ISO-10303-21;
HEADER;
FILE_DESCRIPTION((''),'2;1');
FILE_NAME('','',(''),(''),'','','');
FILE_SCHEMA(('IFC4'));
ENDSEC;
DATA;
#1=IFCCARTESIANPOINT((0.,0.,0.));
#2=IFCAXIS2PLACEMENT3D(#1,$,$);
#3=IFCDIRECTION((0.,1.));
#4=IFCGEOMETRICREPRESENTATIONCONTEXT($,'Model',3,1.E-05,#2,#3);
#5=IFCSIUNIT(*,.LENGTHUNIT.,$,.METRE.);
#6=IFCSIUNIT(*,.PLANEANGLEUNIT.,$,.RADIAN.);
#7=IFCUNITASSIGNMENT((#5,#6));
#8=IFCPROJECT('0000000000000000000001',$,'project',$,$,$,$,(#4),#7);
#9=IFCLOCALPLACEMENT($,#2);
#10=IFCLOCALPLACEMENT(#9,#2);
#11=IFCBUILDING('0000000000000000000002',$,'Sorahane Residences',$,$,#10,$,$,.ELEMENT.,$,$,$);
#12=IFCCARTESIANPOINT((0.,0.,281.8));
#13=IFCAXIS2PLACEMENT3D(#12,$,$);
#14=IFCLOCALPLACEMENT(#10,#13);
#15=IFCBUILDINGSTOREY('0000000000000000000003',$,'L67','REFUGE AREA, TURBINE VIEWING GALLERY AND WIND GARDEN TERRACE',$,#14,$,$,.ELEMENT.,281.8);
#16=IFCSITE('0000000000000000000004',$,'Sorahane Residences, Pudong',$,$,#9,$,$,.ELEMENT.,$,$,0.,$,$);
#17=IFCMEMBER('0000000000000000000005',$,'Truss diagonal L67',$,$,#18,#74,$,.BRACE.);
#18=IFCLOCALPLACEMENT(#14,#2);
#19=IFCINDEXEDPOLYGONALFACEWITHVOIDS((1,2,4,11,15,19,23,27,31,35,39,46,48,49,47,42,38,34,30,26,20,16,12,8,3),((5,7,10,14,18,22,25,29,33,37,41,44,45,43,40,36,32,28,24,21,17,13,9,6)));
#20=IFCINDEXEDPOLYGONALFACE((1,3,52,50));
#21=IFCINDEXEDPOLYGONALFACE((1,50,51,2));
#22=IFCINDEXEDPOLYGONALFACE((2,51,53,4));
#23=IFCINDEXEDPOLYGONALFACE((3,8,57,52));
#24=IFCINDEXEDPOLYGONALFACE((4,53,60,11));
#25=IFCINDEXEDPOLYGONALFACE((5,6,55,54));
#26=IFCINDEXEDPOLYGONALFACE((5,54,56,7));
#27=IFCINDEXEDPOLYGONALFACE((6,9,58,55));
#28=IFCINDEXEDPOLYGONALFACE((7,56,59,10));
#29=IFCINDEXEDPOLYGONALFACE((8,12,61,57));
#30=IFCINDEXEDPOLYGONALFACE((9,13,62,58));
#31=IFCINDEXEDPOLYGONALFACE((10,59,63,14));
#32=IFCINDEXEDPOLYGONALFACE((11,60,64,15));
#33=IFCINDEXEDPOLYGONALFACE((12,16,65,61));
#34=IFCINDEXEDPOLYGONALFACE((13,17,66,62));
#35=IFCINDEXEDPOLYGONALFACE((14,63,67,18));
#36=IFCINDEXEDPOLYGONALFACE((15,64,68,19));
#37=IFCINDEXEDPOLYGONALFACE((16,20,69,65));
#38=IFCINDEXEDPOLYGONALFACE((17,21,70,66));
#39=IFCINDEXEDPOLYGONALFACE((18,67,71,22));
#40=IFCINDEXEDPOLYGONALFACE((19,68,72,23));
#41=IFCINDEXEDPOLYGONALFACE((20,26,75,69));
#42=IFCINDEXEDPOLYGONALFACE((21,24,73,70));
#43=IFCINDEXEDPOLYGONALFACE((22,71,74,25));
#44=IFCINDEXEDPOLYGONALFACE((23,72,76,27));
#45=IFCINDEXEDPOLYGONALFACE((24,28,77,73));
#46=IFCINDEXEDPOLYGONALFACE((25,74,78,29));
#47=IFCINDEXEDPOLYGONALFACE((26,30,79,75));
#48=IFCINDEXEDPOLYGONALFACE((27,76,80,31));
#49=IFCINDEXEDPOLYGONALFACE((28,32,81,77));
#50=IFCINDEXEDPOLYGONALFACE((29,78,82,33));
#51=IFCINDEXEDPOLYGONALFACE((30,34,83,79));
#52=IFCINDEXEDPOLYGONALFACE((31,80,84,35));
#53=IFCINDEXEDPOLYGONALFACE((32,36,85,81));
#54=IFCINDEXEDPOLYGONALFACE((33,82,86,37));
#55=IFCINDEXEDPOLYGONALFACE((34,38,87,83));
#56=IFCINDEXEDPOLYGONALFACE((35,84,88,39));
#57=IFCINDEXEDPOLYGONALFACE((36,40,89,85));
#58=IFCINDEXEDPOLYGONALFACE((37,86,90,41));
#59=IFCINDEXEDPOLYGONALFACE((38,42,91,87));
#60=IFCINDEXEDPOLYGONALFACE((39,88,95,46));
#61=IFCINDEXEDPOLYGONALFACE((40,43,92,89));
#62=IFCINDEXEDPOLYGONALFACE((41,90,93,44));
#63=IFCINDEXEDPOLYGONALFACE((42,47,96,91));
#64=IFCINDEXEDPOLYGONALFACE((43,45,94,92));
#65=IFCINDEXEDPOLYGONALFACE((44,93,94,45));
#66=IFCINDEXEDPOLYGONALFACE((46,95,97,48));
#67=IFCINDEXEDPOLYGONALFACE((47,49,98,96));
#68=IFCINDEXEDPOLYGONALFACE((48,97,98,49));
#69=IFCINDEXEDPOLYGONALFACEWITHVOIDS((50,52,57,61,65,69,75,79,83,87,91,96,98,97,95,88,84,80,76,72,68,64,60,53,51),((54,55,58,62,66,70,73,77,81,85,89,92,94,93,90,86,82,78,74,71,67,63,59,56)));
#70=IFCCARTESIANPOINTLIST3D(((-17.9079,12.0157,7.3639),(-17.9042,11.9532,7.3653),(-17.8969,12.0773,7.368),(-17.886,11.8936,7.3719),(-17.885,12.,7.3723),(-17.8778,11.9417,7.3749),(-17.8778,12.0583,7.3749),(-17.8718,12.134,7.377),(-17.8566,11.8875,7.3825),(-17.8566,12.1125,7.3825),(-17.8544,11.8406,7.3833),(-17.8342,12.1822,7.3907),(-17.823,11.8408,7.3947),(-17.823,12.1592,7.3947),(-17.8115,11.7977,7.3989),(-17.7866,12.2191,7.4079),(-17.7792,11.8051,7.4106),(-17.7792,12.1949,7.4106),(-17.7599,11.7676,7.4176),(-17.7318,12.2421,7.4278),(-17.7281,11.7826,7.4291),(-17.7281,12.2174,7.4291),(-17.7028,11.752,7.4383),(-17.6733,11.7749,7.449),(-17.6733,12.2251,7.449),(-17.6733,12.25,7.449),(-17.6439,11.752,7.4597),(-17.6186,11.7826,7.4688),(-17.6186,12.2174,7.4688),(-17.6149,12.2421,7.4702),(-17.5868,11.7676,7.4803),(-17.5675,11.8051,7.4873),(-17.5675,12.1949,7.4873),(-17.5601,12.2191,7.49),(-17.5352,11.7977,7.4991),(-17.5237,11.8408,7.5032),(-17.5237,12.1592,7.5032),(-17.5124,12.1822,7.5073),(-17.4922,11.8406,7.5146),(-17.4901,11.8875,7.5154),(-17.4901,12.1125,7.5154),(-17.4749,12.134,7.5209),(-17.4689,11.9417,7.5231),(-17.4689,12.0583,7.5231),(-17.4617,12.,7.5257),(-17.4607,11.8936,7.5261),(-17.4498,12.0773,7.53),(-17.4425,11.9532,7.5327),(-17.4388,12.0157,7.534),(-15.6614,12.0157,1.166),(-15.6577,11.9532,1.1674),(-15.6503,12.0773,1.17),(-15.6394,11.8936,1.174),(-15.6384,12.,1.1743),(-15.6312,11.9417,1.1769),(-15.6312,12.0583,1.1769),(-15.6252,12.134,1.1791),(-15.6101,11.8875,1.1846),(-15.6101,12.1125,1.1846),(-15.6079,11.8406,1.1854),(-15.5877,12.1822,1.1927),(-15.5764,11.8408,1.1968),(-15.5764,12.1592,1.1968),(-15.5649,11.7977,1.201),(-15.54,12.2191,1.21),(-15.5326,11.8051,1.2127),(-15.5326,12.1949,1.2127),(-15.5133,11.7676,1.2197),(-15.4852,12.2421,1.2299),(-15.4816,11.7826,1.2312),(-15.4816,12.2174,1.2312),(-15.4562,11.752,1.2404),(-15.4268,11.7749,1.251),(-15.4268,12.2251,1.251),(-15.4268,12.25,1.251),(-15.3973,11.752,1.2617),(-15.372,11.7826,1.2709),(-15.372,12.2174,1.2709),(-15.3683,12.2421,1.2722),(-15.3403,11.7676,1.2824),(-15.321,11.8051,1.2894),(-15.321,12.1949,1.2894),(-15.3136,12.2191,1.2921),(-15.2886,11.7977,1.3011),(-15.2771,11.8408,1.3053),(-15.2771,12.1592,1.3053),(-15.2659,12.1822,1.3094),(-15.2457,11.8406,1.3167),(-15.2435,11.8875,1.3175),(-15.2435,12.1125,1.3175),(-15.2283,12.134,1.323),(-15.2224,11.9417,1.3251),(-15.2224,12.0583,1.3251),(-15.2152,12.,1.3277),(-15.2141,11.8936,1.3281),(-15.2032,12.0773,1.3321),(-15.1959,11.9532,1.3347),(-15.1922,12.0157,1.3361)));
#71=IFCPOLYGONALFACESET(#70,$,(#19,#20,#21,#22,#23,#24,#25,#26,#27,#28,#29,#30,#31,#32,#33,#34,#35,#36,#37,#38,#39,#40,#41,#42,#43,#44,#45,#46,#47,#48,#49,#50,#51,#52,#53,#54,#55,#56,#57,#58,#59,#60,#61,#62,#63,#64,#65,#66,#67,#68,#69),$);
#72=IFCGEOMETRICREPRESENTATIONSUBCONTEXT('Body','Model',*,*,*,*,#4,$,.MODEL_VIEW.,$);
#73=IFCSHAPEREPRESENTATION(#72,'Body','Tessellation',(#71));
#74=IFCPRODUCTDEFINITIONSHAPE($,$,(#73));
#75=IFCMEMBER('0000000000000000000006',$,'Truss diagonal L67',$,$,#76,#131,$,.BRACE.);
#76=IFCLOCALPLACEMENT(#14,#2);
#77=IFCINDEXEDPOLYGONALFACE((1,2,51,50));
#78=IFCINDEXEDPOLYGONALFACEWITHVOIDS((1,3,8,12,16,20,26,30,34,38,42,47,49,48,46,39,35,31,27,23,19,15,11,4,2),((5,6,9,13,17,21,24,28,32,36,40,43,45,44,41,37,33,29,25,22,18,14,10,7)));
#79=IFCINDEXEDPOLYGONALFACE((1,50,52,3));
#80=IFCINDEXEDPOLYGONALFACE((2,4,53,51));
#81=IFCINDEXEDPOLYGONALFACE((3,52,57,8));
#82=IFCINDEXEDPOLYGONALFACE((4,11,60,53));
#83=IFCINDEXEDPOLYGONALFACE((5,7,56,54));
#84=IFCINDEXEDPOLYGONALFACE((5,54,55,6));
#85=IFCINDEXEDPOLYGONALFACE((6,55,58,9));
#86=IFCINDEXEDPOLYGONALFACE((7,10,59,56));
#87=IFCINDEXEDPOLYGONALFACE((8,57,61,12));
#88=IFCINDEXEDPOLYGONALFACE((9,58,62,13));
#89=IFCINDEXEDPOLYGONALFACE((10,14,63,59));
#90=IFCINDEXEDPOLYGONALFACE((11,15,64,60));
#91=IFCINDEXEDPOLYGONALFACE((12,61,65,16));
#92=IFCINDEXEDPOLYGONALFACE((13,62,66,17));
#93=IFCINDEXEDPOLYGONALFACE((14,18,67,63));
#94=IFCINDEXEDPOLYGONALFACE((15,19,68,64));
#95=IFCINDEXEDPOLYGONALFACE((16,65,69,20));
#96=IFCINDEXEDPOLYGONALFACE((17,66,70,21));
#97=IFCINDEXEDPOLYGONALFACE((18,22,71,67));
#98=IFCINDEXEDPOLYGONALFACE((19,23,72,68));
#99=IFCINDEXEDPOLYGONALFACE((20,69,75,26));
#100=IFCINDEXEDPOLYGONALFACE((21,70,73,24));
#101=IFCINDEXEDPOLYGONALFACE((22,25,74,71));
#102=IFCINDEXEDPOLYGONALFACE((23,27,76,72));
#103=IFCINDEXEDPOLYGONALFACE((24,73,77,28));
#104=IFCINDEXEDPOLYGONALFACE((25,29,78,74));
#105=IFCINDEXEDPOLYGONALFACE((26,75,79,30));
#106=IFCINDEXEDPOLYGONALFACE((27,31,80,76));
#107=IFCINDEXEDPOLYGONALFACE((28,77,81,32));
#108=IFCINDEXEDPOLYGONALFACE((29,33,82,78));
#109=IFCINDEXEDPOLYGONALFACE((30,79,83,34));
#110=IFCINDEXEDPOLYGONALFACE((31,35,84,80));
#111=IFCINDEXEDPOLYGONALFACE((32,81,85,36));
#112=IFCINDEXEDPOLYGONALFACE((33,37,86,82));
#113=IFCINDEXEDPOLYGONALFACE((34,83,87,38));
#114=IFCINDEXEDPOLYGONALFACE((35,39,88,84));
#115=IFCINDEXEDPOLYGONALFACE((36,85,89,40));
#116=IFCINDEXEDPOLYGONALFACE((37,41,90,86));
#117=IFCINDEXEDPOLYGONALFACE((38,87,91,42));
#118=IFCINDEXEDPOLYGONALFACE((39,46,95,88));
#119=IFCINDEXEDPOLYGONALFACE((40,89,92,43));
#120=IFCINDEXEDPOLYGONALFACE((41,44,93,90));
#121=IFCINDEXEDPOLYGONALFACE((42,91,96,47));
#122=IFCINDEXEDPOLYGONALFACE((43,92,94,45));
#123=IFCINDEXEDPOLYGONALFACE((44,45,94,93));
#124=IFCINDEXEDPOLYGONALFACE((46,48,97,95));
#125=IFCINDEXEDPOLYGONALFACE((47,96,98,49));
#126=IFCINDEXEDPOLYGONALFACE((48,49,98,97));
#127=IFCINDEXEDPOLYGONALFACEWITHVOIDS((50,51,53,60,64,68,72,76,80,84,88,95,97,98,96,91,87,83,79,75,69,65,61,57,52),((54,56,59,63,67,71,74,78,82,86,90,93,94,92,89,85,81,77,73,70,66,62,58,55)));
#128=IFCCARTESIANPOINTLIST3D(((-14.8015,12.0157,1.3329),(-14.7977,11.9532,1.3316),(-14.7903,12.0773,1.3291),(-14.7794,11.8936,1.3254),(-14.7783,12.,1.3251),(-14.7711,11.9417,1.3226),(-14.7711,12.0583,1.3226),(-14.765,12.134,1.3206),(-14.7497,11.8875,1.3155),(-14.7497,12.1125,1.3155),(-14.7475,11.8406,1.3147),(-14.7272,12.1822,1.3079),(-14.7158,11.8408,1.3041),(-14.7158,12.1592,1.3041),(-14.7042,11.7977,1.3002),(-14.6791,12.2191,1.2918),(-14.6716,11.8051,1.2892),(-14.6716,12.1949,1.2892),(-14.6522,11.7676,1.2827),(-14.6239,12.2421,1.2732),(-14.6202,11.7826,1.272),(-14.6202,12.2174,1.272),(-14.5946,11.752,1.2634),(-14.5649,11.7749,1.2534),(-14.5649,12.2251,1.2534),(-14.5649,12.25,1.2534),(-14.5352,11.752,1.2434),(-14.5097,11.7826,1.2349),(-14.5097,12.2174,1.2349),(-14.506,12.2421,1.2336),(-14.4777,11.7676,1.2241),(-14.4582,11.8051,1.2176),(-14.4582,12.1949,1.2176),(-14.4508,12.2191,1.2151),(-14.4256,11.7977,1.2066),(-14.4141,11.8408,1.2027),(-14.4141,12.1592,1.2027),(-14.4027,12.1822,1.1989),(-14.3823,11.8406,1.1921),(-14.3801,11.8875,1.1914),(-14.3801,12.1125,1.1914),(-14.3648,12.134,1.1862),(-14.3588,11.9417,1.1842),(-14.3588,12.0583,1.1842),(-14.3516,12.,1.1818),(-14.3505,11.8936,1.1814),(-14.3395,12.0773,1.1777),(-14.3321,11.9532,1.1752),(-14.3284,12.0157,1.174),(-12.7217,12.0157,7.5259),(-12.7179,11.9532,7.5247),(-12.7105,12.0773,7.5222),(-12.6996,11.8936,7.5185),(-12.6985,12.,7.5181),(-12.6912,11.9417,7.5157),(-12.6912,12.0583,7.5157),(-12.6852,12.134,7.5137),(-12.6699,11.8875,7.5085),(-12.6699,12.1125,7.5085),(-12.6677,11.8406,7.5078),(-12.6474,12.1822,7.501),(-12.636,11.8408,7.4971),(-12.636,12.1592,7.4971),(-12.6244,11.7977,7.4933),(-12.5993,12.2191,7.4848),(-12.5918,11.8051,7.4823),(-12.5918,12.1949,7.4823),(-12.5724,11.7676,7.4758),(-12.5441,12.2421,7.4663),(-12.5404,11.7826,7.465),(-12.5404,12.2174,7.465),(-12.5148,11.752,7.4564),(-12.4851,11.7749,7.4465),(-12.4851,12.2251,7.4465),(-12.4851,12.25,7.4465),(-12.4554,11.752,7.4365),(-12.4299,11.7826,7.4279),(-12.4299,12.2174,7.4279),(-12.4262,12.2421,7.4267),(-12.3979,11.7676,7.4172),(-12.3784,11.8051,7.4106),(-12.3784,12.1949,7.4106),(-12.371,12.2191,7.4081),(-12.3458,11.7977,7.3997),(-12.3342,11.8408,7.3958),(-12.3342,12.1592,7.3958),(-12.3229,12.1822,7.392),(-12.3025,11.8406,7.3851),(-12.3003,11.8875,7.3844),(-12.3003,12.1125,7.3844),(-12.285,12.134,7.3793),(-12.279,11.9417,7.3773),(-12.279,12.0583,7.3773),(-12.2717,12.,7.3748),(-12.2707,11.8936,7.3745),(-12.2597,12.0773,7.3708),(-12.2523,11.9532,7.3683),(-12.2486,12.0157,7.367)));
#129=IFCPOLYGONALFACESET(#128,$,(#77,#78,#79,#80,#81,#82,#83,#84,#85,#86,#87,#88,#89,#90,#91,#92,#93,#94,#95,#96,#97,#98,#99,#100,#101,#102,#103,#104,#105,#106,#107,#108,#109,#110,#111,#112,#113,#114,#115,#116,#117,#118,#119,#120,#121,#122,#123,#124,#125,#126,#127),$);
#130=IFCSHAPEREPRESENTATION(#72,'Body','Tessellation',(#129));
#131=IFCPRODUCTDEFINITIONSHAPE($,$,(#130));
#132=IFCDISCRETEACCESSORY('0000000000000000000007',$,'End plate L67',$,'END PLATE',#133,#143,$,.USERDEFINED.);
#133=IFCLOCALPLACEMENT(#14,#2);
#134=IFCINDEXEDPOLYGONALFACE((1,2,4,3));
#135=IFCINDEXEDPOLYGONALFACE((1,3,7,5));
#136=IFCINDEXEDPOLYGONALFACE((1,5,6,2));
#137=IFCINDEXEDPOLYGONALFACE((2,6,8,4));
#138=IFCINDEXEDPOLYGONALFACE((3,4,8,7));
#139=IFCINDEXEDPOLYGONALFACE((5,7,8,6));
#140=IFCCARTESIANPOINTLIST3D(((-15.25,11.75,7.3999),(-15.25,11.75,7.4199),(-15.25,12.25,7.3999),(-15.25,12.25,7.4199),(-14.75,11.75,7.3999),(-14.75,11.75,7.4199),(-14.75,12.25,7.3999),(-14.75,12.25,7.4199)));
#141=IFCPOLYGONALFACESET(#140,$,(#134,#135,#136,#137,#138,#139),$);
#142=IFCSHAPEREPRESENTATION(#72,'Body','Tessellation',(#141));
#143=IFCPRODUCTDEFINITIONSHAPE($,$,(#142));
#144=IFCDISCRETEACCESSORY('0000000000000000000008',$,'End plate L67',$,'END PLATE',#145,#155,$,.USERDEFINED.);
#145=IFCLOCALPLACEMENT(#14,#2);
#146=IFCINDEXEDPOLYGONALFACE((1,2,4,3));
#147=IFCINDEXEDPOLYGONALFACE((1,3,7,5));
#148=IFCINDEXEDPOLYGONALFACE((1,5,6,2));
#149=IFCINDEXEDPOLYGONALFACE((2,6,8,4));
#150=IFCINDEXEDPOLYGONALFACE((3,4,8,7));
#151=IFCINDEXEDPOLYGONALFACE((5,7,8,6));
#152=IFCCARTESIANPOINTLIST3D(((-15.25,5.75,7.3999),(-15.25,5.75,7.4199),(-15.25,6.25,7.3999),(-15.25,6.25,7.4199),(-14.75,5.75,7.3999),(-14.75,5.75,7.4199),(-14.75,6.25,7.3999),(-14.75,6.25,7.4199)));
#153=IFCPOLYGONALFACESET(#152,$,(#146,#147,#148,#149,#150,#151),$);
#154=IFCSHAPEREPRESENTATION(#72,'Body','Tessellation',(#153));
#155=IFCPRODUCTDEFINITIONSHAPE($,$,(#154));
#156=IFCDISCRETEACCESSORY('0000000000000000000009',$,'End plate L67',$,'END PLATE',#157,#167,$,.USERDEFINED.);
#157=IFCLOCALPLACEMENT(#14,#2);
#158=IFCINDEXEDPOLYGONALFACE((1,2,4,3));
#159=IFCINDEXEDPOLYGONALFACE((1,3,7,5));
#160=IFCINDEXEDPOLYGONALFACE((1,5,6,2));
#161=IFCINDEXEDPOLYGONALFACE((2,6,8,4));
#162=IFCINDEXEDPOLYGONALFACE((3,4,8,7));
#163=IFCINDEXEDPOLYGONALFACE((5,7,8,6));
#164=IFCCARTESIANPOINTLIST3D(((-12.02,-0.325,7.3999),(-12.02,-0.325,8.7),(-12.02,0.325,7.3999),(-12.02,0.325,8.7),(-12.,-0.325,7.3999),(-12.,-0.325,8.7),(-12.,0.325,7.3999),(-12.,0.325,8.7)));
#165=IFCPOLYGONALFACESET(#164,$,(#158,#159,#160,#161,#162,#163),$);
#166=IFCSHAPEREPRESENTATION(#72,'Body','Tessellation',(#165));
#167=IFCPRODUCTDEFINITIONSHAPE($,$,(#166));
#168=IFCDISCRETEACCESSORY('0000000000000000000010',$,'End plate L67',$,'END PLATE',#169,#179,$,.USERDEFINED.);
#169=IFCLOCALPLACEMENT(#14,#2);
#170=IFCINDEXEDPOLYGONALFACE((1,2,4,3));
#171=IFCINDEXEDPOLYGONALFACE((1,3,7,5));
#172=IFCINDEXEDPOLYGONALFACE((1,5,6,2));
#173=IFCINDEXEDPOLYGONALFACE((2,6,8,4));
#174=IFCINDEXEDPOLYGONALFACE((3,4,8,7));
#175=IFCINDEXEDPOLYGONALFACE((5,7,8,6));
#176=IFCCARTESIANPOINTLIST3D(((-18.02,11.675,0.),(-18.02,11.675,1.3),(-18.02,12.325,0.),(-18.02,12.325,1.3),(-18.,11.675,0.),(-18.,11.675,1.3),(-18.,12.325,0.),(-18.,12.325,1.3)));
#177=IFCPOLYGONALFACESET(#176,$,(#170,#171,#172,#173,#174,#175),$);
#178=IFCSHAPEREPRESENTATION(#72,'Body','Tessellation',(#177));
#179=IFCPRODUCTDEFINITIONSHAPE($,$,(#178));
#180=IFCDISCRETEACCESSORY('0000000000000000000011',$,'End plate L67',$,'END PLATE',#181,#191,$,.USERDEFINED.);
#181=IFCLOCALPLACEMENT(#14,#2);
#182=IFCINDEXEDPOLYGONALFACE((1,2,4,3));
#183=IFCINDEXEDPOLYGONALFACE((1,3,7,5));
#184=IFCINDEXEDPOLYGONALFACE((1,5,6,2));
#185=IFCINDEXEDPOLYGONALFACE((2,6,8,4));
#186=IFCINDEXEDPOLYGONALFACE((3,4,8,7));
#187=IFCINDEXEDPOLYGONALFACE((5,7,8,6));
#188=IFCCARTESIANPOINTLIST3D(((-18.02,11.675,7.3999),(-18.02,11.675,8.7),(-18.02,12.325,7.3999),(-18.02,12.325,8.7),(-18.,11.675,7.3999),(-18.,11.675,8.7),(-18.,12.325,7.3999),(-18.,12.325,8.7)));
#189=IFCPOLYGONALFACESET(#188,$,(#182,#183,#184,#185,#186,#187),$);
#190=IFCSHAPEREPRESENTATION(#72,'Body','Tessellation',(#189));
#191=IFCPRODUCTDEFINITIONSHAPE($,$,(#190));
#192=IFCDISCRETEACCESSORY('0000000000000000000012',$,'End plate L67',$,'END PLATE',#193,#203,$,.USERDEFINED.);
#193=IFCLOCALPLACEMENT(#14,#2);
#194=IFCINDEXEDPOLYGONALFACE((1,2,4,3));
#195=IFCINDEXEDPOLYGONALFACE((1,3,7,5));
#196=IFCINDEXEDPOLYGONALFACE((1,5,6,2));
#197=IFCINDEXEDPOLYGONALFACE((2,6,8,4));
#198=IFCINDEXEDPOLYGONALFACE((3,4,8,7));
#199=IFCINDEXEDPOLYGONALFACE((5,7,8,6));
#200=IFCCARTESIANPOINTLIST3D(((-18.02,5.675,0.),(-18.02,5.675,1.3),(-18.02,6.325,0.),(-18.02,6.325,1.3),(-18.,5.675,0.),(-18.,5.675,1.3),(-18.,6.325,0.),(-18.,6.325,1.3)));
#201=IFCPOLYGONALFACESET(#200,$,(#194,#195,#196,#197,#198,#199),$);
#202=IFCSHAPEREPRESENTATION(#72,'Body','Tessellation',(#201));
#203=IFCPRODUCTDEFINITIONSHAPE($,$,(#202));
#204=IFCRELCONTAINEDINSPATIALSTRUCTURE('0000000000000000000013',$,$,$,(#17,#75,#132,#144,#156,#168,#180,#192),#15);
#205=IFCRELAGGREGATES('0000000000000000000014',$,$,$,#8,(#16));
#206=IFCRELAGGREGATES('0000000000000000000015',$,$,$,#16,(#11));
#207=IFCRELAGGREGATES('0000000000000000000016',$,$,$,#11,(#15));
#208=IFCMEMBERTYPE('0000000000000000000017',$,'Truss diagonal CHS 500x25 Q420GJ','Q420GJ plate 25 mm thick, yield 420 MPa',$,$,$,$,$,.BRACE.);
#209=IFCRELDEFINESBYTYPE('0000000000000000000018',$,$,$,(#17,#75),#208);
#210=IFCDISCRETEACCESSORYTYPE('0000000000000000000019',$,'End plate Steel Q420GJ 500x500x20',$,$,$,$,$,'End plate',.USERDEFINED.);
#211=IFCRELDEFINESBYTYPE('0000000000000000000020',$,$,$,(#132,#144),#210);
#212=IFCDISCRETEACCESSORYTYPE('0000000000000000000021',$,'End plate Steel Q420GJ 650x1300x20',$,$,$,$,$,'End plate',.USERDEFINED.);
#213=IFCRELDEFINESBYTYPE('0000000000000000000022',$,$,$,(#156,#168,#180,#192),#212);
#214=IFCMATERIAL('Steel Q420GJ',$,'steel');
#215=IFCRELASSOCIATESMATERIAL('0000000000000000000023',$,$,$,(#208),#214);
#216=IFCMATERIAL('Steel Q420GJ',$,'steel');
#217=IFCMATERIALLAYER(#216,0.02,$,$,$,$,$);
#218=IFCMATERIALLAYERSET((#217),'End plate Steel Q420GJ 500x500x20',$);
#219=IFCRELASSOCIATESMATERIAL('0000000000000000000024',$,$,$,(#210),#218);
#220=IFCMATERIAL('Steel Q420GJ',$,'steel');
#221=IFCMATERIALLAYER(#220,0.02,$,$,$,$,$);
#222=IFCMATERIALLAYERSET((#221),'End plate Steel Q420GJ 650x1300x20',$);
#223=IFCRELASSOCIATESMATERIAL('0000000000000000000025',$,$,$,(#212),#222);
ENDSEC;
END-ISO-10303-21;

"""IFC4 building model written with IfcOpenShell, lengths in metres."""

from ifc_helpers import new_model, si_unit, direction, frame, origin, origin_2d, place, context, subcontext, project, spatial, rectangle, hollow_circle, extrude, material, layer, layer_set, material_profile, profile_set, type_object, element, save


model = new_model("IFC4")

# Units and contexts
model_context = context("Model", 3, precision=1e-05, world=origin(), true_north=direction((0.0, 1.0)))
body_context = subcontext(model_context, "Body", "Model", "MODEL_VIEW")
ifc_project = project(units=[si_unit("LENGTHUNIT", "METRE"), si_unit("PLANEANGLEUNIT", "RADIAN")], contexts=[model_context])

# Site, building, storey
site_placement = place(None, origin())
site = spatial("IfcSite", under=ifc_project, at=site_placement, Name="Sorahane Residences, Pudong", CompositionType="ELEMENT", RefElevation=0.0)
building_placement = place(site_placement, origin())
building = spatial("IfcBuilding", under=site, at=building_placement, Name="Sorahane Residences", CompositionType="ELEMENT")
storey_placement = place(building_placement, frame((0.0, 0.0, 281.8)))
storey = spatial("IfcBuildingStorey", under=building, at=storey_placement, Name="L67", Description="REFUGE AREA, TURBINE VIEWING GALLERY AND WIND GARDEN TERRACE", CompositionType="ELEMENT", Elevation=281.8)

# Members
ifc_material_1 = material(Name="Steel Q420GJ", Category="steel")
ifc_material_profile_1 = material_profile(ifc_material_1, hollow_circle(Radius=0.25, WallThickness=0.0249, at=origin_2d()), Name="CHS 500x25")
ifc_profile_set_1 = profile_set([ifc_material_profile_1], Name="Steel Q420GJ")
member_type = type_object("IfcMemberType", Name="Truss diagonal CHS 500x25 Q420GJ", Description="Q420GJ plate 25 mm thick, yield 420 MPa", PredefinedType="BRACE", material=ifc_profile_set_1)
member_1_placement = place(storey_placement, frame((-17.6733, 12.0, 7.449), z_axis=(0.340774, 0.0, -0.940145), x_axis=(0.0, 1.0, 0.0)))
element("IfcMember", 1, at=member_1_placement, inside=storey, type_object=member_type, Name="Truss diagonal L67", PredefinedType="BRACE", context=body_context, shape_type="SweptSolid", body=[
    extrude(hollow_circle(Radius=0.25, WallThickness=0.0249, at=origin_2d()), origin(), (0.0, 0.0, 1.0), 6.5925),
])
member_2_placement = place(storey_placement, frame((-14.5649, 12.0, 1.2534), z_axis=(0.318357, 0.0, 0.947971), x_axis=(0.0, 1.0, 0.0)))
element("IfcMember", 2, at=member_2_placement, inside=storey, type_object=member_type, Name="Truss diagonal L67", PredefinedType="BRACE", context=body_context, shape_type="SweptSolid", body=[
    extrude(hollow_circle(Radius=0.25, WallThickness=0.0249, at=origin_2d()), origin(), (0.0, 0.0, 1.0), 6.533),
])

# Discrete accessories
ifc_material_2 = material(Name="Steel Q420GJ", Category="steel")
ifc_layer_1 = layer(ifc_material_2, 0.02)
ifc_layer_set_1 = layer_set([ifc_layer_1], Name="End plate Steel Q420GJ 500x500x20")
discrete_accessory_type_1 = type_object("IfcDiscreteAccessoryType", Name="End plate Steel Q420GJ 500x500x20", ElementType="End plate", PredefinedType="USERDEFINED", material=ifc_layer_set_1)
for number, where, z_axis, x_axis, name in (
    (3, (-15.0, 12.0, 7.3999), (0.0, 0.0, 1.0), (1.0, 0.0, 0.0), "End plate L67"),
    (4, (-15.0, 6.0, 7.3999), (0.0, 0.0, 1.0), (1.0, 0.0, 0.0), "End plate L67"),
):
    element("IfcDiscreteAccessory", number, at=place(storey_placement, frame(where, z_axis=z_axis, x_axis=x_axis)), inside=storey, type_object=discrete_accessory_type_1, Name=name, ObjectType="END PLATE", PredefinedType="USERDEFINED", context=body_context, shape_type="SweptSolid", body=[
        extrude(rectangle(XDim=0.5, YDim=0.5, at=origin_2d()), origin(), (0.0, 0.0, 1.0), 0.02),
    ])
ifc_material_3 = material(Name="Steel Q420GJ", Category="steel")
ifc_layer_2 = layer(ifc_material_3, 0.02)
ifc_layer_set_2 = layer_set([ifc_layer_2], Name="End plate Steel Q420GJ 650x1300x20")
discrete_accessory_type_2 = type_object("IfcDiscreteAccessoryType", Name="End plate Steel Q420GJ 650x1300x20", ElementType="End plate", PredefinedType="USERDEFINED", material=ifc_layer_set_2)
for number, where, z_axis, x_axis, name in (
    (5, (-12.01, 0.0, 7.3999), (0.0, 0.0, 1.0), (1.0, 0.0, 0.0), "End plate L67"),
    (6, (-18.01, 12.0, 0.0), (0.0, 0.0, 1.0), (1.0, 0.0, 0.0), "End plate L67"),
    (7, (-18.01, 12.0, 7.3999), (0.0, 0.0, 1.0), (1.0, 0.0, 0.0), "End plate L67"),
    (8, (-18.01, 6.0, 0.0), (0.0, 0.0, 1.0), (1.0, 0.0, 0.0), "End plate L67"),
):
    element("IfcDiscreteAccessory", number, at=place(storey_placement, frame(where, z_axis=z_axis, x_axis=x_axis)), inside=storey, type_object=discrete_accessory_type_2, Name=name, ObjectType="END PLATE", PredefinedType="USERDEFINED", context=body_context, shape_type="SweptSolid", body=[
        extrude(rectangle(XDim=0.02, YDim=0.6499, at=origin_2d()), origin(), (0.0, 0.0, 1.0), 1.3),
    ])

save(model, "model.ifc")
